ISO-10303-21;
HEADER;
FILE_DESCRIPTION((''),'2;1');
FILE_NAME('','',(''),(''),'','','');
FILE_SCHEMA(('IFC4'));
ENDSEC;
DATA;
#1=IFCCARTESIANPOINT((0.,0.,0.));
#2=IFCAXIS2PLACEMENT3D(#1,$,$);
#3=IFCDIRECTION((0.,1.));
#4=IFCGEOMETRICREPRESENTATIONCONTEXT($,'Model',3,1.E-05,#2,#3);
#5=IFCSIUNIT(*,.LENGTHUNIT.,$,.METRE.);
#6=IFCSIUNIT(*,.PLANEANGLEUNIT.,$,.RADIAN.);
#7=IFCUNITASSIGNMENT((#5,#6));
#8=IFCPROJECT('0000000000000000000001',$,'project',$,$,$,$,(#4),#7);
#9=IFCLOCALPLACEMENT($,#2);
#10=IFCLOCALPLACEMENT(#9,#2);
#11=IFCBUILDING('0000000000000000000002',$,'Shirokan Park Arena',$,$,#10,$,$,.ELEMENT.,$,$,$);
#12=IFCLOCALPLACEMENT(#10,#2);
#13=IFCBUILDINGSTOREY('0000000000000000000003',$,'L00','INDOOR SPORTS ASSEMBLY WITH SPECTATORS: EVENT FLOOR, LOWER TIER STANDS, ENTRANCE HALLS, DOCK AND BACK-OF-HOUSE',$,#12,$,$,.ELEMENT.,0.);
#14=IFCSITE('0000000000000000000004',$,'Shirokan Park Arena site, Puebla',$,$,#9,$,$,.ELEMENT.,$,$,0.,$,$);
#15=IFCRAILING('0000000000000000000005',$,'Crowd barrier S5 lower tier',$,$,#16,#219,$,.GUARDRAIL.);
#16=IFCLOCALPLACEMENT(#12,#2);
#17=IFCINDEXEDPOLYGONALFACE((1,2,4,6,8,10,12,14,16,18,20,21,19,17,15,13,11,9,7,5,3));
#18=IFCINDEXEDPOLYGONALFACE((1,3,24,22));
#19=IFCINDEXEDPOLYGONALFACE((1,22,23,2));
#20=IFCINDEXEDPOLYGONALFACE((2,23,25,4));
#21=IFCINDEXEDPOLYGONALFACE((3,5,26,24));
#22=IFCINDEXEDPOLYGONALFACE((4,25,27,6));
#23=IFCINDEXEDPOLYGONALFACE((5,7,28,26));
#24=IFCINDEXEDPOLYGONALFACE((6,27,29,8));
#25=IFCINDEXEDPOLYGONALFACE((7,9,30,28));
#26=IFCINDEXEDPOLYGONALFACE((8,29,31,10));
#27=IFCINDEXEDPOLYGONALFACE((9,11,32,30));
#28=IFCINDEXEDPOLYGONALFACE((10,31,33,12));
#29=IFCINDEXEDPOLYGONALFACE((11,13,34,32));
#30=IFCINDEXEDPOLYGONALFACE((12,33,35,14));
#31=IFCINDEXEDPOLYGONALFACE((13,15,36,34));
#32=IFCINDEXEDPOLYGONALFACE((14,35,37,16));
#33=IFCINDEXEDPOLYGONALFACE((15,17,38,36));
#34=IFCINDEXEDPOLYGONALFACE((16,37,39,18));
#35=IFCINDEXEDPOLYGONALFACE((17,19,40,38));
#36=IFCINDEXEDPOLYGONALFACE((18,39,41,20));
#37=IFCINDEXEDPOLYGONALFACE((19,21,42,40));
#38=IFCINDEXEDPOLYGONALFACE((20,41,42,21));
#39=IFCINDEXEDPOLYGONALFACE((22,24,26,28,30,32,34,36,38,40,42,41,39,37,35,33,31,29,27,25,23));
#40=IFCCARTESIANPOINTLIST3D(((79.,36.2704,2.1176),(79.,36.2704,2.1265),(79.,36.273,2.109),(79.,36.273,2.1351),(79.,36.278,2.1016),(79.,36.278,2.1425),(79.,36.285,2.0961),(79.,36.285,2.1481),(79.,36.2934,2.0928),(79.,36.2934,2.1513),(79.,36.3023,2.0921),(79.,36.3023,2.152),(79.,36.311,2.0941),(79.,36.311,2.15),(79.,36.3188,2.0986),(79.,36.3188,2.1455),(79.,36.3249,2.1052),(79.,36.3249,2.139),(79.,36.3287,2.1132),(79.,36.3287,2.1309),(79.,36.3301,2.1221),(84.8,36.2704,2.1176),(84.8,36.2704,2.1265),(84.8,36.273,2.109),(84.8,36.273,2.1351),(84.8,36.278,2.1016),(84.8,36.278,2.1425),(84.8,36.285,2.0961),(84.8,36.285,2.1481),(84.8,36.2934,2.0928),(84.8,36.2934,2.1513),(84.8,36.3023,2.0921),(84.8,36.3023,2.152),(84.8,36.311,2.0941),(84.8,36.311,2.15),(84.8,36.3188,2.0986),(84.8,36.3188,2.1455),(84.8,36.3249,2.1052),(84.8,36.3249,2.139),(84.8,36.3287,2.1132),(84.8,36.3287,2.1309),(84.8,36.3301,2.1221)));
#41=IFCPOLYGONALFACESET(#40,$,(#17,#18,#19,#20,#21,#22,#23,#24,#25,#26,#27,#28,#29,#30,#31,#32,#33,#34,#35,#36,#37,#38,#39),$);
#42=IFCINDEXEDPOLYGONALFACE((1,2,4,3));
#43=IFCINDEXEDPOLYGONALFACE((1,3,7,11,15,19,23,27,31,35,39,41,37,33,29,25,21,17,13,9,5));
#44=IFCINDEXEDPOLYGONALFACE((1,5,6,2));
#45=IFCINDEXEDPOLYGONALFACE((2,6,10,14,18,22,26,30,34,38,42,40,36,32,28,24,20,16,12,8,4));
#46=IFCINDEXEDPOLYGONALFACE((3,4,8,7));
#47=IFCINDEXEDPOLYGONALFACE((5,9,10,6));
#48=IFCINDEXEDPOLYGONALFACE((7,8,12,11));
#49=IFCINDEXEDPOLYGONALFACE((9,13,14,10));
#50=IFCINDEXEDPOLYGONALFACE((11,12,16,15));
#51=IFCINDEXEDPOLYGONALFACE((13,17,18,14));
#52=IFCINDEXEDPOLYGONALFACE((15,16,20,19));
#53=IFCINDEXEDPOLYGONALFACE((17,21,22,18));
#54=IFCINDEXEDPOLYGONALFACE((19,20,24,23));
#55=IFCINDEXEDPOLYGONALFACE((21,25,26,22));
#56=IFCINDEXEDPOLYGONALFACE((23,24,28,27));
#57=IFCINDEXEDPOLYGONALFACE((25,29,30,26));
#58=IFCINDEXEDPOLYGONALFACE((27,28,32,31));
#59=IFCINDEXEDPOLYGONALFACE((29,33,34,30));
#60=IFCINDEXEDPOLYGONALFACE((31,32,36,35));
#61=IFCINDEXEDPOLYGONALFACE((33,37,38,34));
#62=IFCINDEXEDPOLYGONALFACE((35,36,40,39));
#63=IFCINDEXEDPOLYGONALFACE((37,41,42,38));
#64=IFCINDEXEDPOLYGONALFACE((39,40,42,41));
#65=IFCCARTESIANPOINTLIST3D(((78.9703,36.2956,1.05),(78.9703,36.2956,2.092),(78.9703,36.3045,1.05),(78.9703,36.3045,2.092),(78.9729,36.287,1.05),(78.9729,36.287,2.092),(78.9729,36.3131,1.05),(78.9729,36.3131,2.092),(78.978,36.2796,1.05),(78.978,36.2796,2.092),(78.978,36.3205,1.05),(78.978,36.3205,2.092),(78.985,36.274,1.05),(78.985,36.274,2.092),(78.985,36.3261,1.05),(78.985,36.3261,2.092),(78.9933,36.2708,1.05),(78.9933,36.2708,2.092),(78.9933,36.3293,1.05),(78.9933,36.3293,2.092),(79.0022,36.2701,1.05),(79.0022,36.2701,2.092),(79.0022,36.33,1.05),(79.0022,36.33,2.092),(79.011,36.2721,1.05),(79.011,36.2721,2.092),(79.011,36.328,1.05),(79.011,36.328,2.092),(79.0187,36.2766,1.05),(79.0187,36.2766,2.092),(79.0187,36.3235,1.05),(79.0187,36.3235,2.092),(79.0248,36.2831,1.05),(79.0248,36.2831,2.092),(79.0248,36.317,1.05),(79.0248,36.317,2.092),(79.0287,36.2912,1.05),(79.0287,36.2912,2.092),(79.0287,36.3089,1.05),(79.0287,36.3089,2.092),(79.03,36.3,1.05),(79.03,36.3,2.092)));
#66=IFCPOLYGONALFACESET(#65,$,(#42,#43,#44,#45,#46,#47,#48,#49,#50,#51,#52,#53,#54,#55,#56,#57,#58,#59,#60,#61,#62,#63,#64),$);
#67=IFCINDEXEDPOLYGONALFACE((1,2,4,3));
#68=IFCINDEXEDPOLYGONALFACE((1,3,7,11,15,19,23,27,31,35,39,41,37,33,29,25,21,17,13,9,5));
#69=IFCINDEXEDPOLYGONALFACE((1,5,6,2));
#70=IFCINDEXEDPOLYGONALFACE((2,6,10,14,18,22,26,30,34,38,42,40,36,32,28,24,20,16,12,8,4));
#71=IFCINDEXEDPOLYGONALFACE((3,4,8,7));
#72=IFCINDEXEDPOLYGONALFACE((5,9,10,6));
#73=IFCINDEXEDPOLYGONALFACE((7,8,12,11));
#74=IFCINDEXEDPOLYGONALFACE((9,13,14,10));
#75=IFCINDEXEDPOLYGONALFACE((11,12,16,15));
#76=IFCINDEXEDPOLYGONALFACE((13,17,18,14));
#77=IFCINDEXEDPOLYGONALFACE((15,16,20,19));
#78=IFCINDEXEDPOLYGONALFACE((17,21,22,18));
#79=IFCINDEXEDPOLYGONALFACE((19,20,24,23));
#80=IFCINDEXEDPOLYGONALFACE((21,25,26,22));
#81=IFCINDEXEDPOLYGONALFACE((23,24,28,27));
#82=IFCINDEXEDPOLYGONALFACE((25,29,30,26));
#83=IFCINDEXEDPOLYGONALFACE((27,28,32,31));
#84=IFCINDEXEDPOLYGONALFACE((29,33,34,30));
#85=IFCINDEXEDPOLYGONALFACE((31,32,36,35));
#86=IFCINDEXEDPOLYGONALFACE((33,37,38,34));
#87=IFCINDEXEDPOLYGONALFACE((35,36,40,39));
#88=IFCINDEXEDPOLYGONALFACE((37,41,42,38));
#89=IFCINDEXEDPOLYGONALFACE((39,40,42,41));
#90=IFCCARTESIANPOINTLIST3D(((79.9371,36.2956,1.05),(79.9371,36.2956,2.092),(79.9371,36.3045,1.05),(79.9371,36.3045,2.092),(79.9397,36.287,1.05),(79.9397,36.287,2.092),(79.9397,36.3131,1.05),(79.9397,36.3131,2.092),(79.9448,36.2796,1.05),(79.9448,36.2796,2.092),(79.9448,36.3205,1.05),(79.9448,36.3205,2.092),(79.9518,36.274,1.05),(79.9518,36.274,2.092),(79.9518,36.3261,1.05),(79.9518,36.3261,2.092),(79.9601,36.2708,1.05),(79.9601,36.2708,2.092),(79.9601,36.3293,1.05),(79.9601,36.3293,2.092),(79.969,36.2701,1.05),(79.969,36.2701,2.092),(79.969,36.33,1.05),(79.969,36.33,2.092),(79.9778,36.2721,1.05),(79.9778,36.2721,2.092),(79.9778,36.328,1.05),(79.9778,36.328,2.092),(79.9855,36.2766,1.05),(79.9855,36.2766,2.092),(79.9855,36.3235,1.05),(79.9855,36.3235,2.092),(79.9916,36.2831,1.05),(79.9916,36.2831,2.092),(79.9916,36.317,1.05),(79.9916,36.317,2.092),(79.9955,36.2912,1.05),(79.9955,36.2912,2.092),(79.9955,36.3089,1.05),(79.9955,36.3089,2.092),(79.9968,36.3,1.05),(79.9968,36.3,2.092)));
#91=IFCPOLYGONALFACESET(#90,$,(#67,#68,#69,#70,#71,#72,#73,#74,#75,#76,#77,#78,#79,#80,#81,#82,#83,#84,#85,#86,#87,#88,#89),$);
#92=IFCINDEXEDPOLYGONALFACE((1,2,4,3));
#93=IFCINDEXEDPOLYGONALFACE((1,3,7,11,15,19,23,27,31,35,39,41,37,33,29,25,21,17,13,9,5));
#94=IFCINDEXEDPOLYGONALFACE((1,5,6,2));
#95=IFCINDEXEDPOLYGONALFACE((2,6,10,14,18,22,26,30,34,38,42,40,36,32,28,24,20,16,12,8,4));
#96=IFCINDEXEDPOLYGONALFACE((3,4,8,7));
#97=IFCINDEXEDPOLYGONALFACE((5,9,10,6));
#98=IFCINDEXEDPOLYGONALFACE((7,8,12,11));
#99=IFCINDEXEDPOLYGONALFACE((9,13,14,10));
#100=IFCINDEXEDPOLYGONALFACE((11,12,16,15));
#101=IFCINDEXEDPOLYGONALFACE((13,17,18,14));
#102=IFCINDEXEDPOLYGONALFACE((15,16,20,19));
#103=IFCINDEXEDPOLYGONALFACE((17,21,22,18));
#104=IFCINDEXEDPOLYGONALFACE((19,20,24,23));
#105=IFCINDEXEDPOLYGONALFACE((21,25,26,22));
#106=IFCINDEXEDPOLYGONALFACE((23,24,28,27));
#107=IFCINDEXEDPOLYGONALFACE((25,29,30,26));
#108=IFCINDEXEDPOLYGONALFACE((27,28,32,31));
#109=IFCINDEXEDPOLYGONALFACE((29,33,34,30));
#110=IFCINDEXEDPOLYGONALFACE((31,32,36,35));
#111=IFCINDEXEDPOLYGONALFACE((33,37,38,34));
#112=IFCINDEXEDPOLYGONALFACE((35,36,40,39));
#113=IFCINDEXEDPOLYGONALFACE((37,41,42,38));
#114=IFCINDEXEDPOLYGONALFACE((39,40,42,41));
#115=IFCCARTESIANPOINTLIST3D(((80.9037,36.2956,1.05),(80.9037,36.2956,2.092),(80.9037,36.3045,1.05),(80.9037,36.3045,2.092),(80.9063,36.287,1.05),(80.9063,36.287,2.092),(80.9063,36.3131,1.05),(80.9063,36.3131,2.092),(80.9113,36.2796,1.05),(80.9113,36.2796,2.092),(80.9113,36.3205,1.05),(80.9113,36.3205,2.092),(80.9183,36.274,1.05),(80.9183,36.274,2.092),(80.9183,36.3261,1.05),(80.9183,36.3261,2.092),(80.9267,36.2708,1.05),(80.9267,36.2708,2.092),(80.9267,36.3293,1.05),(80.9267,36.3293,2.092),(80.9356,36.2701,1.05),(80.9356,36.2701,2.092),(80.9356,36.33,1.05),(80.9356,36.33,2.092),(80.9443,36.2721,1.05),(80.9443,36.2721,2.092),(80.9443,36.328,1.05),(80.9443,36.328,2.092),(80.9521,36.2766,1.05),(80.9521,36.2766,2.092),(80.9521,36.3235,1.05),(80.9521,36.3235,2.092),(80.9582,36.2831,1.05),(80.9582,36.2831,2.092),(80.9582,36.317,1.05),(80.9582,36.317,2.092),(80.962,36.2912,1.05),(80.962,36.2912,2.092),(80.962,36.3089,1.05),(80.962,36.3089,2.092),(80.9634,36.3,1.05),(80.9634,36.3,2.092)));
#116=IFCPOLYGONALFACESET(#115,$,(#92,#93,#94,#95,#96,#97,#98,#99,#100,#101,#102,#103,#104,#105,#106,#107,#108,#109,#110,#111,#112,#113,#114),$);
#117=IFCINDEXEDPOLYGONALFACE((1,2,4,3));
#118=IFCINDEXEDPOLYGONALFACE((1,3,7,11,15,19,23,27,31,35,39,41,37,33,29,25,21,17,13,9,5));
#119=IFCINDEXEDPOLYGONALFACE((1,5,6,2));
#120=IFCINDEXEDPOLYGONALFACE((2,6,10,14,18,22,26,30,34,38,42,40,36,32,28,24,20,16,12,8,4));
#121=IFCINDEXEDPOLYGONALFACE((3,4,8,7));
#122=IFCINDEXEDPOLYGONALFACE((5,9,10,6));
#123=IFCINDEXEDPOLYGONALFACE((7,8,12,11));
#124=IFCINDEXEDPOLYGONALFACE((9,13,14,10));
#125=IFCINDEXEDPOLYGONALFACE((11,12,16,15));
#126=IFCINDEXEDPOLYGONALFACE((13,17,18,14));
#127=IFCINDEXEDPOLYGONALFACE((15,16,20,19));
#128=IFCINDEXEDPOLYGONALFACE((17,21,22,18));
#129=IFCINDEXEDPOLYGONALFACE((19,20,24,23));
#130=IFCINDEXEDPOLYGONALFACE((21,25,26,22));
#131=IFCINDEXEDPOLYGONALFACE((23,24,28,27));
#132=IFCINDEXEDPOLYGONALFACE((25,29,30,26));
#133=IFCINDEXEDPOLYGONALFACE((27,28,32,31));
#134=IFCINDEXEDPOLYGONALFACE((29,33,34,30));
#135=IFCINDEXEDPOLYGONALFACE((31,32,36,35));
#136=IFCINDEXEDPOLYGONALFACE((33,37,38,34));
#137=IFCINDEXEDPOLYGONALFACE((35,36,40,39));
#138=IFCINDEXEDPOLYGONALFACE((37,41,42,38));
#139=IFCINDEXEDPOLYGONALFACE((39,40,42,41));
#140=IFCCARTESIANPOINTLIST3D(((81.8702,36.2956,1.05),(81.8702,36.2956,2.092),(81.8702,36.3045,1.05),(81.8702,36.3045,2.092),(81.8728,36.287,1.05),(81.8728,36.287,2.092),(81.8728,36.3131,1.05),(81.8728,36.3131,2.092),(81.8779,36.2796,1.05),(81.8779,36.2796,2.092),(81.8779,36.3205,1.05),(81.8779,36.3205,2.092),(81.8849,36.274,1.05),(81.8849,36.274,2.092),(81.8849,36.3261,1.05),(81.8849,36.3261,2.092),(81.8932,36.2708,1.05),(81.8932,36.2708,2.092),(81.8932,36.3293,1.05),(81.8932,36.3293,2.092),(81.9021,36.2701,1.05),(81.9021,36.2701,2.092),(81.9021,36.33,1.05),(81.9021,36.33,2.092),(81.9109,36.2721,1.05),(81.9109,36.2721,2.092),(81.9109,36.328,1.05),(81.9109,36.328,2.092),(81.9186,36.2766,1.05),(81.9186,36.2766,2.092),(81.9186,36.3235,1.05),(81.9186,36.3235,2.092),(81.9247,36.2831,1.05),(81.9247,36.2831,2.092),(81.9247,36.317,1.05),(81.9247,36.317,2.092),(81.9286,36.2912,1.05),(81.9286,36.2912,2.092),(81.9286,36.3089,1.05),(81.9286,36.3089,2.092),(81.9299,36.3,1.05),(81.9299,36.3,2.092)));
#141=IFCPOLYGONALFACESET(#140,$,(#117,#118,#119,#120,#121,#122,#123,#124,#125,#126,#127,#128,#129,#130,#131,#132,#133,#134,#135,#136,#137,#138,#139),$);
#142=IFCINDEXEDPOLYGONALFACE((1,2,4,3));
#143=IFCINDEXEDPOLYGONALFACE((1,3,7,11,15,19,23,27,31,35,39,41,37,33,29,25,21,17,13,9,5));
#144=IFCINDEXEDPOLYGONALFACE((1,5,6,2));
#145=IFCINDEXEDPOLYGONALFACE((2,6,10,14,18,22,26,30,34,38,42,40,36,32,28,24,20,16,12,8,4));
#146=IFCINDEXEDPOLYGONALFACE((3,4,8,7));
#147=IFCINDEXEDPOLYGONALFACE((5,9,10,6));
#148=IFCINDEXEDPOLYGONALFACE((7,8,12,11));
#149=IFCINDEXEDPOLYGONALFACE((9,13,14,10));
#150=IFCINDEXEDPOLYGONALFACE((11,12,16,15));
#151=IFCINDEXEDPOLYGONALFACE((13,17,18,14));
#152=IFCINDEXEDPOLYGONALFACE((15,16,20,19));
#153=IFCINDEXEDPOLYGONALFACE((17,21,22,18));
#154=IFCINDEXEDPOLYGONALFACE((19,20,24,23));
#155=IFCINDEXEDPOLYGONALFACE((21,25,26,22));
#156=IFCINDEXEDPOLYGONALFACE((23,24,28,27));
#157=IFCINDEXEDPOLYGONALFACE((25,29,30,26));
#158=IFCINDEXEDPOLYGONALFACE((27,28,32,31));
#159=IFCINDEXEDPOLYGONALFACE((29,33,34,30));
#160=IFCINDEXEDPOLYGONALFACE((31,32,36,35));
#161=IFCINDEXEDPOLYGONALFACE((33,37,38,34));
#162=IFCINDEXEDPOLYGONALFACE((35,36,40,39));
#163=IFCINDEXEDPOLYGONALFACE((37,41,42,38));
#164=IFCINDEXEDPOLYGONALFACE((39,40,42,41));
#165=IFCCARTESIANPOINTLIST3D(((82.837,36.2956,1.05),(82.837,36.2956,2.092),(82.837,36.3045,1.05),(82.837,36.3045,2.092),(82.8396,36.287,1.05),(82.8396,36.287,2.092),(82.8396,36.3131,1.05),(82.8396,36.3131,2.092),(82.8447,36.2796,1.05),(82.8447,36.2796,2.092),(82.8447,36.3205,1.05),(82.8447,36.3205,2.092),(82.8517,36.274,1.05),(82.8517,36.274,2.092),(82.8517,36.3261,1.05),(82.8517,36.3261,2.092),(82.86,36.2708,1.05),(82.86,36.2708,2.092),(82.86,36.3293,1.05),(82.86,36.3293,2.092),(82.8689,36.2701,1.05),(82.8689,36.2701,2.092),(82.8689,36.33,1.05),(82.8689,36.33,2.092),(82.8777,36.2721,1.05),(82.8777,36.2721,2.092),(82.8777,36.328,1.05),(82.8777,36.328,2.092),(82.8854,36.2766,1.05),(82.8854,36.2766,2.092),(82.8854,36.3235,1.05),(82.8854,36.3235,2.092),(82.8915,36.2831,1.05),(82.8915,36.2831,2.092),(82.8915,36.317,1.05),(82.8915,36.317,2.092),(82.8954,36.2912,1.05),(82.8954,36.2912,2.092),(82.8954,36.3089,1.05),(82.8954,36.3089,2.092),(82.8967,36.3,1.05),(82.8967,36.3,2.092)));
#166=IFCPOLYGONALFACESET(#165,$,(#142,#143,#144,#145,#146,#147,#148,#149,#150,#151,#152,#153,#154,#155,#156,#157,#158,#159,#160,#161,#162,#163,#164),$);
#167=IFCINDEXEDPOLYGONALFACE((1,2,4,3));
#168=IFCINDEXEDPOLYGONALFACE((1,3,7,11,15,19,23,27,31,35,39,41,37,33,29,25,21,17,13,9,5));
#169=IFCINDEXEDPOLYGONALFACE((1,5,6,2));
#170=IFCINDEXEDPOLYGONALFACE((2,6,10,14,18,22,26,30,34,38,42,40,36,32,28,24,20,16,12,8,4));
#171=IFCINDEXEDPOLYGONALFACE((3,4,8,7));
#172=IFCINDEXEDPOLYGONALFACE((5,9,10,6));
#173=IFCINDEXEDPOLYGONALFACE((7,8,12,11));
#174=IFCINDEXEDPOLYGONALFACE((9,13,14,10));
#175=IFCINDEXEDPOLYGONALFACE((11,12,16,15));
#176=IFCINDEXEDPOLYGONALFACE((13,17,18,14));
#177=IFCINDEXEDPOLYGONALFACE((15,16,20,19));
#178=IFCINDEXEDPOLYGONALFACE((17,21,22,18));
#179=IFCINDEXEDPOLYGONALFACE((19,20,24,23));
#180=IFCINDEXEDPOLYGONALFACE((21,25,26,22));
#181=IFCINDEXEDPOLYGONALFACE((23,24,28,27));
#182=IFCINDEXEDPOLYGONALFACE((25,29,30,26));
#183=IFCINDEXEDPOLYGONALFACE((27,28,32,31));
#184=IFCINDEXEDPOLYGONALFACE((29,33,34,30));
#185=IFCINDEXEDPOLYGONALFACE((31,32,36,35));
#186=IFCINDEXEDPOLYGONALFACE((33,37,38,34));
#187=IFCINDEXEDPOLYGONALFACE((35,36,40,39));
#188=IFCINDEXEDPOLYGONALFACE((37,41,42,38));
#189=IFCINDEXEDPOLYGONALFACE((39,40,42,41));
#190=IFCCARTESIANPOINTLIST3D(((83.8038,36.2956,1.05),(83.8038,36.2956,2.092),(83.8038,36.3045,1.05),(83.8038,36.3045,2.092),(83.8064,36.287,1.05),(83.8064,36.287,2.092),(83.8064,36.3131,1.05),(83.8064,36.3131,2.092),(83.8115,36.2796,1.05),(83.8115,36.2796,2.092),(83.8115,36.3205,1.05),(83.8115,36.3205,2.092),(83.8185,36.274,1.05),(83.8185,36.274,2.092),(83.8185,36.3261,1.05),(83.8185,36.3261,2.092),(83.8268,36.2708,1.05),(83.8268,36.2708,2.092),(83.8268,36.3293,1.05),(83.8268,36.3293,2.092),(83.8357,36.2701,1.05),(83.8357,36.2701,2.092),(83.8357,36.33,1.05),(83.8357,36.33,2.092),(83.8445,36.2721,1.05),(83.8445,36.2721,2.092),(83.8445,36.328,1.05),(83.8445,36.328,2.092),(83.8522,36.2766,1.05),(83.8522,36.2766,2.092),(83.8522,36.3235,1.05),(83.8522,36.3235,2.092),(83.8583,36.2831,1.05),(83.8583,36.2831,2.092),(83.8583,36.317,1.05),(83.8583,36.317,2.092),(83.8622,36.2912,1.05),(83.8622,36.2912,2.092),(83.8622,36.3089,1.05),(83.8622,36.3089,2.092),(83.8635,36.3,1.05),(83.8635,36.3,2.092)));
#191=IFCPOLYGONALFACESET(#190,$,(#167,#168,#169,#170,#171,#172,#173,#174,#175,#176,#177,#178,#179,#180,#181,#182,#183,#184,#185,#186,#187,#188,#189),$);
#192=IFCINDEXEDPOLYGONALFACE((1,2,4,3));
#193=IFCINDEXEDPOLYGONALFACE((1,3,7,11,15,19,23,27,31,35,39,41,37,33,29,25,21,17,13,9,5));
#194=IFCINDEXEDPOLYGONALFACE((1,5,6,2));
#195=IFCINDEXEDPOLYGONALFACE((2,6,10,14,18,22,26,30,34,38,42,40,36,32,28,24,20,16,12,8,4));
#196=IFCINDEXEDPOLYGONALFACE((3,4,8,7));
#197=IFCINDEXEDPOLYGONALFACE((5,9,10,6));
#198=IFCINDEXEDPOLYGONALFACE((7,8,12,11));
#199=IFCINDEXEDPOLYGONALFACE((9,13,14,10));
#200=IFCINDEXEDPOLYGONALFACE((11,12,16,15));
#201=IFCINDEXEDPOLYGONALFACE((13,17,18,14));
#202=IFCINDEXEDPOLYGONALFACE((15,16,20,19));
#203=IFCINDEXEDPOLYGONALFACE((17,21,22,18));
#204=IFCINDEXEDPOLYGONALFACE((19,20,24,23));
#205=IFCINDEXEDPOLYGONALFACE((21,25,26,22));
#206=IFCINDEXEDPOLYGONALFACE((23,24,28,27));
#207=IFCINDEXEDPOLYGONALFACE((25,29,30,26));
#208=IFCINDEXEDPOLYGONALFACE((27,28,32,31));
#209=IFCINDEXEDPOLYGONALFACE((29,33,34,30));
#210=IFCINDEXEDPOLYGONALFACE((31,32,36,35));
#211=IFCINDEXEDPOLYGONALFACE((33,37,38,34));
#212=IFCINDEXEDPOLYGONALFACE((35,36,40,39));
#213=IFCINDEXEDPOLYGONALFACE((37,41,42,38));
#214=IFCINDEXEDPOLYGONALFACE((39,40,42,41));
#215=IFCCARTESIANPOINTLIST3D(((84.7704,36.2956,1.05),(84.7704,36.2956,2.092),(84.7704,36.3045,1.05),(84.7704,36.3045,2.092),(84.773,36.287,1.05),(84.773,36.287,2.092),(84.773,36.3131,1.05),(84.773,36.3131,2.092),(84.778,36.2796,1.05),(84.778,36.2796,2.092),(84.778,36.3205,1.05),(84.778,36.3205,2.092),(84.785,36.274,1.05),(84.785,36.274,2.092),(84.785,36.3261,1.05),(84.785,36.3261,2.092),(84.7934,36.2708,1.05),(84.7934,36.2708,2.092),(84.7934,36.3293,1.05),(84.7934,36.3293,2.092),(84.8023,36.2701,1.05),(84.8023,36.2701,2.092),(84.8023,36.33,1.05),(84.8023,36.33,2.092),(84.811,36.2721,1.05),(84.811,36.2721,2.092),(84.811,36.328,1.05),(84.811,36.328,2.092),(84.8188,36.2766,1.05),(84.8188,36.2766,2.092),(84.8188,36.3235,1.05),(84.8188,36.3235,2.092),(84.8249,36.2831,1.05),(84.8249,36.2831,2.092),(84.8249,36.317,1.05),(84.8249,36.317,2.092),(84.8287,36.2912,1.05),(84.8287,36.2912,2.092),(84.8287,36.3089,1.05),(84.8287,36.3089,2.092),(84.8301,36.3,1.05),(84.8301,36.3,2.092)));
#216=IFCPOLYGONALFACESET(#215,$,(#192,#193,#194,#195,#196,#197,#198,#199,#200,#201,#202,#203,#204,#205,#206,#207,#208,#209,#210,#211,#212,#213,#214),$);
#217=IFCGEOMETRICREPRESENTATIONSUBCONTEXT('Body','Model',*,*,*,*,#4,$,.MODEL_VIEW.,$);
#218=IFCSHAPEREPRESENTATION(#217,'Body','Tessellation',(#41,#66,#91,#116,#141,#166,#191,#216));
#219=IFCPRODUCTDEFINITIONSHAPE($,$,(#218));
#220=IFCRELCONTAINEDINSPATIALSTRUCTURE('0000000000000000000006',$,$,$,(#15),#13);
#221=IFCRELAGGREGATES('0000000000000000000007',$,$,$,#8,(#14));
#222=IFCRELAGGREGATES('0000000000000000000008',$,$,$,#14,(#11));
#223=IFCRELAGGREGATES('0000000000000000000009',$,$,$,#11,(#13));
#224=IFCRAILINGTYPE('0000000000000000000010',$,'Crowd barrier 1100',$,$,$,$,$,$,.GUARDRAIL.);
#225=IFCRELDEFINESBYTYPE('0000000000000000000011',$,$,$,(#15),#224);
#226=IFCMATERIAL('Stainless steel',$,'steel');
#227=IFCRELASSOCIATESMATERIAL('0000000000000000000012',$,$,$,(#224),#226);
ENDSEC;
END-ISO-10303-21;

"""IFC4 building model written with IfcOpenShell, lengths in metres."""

from ifc_helpers import new_model, si_unit, direction, frame, origin, origin_2d, place, context, subcontext, project, spatial, circle, extrude, material, type_object, element, save


model = new_model("IFC4")

# Units and contexts
model_context = context("Model", 3, precision=1e-05, world=origin(), true_north=direction((0.0, 1.0)))
body_context = subcontext(model_context, "Body", "Model", "MODEL_VIEW")
ifc_project = project(units=[si_unit("LENGTHUNIT", "METRE"), si_unit("PLANEANGLEUNIT", "RADIAN")], contexts=[model_context])

# Site, building, storey
site_placement = place(None, origin())
site = spatial("IfcSite", under=ifc_project, at=site_placement, Name="Shirokan Park Arena site, Puebla", CompositionType="ELEMENT", RefElevation=0.0)
building_placement = place(site_placement, origin())
building = spatial("IfcBuilding", under=site, at=building_placement, Name="Shirokan Park Arena", CompositionType="ELEMENT")
storey_placement = place(building_placement, origin())
storey = spatial("IfcBuildingStorey", under=building, at=storey_placement, Name="L00", Description="INDOOR SPORTS ASSEMBLY WITH SPECTATORS: EVENT FLOOR, LOWER TIER STANDS, ENTRANCE HALLS, DOCK AND BACK-OF-HOUSE", CompositionType="ELEMENT", Elevation=0.0)

# Railing
ifc_material_1 = material(Name="Stainless steel", Category="steel")
railing_type_1 = type_object("IfcRailingType", Name="Crowd barrier 1100", PredefinedType="GUARDRAIL", material=ifc_material_1)
for number, where, name in (
    (1, (79.0, 36.3, 1.05), "Crowd barrier S5 lower tier"),
):
    element("IfcRailing", number, at=place(storey_placement, frame(where)), inside=storey, type_object=railing_type_1, Name=name, PredefinedType="GUARDRAIL", context=body_context, shape_type="SweptSolid", body=[
        extrude(circle(Radius=0.03, at=origin_2d()), frame((0.0, 0.0, 1.072), z_axis=(1.0, 0.0, 0.0), x_axis=(0.0, 1.0, 0.0)), (0.0, 0.0, 1.0), 5.8),
        extrude(circle(Radius=0.03, at=origin_2d()), origin(), (0.0, 0.0, 1.0), 1.042),
        extrude(circle(Radius=0.03, at=origin_2d()), frame((0.9668, 0.0, 0.0)), (0.0, 0.0, 1.0), 1.042),
        extrude(circle(Radius=0.03, at=origin_2d()), frame((1.9333, 0.0, 0.0)), (0.0, 0.0, 1.0), 1.042),
        extrude(circle(Radius=0.03, at=origin_2d()), frame((2.8999, 0.0, 0.0)), (0.0, 0.0, 1.0), 1.042),
        extrude(circle(Radius=0.03, at=origin_2d()), frame((3.8667, 0.0, 0.0)), (0.0, 0.0, 1.0), 1.042),
        extrude(circle(Radius=0.03, at=origin_2d()), frame((4.8335, 0.0, 0.0)), (0.0, 0.0, 1.0), 1.042),
        extrude(circle(Radius=0.03, at=origin_2d()), frame((5.8, 0.0, 0.0)), (0.0, 0.0, 1.0), 1.042),
    ])

save(model, "model.ifc")
